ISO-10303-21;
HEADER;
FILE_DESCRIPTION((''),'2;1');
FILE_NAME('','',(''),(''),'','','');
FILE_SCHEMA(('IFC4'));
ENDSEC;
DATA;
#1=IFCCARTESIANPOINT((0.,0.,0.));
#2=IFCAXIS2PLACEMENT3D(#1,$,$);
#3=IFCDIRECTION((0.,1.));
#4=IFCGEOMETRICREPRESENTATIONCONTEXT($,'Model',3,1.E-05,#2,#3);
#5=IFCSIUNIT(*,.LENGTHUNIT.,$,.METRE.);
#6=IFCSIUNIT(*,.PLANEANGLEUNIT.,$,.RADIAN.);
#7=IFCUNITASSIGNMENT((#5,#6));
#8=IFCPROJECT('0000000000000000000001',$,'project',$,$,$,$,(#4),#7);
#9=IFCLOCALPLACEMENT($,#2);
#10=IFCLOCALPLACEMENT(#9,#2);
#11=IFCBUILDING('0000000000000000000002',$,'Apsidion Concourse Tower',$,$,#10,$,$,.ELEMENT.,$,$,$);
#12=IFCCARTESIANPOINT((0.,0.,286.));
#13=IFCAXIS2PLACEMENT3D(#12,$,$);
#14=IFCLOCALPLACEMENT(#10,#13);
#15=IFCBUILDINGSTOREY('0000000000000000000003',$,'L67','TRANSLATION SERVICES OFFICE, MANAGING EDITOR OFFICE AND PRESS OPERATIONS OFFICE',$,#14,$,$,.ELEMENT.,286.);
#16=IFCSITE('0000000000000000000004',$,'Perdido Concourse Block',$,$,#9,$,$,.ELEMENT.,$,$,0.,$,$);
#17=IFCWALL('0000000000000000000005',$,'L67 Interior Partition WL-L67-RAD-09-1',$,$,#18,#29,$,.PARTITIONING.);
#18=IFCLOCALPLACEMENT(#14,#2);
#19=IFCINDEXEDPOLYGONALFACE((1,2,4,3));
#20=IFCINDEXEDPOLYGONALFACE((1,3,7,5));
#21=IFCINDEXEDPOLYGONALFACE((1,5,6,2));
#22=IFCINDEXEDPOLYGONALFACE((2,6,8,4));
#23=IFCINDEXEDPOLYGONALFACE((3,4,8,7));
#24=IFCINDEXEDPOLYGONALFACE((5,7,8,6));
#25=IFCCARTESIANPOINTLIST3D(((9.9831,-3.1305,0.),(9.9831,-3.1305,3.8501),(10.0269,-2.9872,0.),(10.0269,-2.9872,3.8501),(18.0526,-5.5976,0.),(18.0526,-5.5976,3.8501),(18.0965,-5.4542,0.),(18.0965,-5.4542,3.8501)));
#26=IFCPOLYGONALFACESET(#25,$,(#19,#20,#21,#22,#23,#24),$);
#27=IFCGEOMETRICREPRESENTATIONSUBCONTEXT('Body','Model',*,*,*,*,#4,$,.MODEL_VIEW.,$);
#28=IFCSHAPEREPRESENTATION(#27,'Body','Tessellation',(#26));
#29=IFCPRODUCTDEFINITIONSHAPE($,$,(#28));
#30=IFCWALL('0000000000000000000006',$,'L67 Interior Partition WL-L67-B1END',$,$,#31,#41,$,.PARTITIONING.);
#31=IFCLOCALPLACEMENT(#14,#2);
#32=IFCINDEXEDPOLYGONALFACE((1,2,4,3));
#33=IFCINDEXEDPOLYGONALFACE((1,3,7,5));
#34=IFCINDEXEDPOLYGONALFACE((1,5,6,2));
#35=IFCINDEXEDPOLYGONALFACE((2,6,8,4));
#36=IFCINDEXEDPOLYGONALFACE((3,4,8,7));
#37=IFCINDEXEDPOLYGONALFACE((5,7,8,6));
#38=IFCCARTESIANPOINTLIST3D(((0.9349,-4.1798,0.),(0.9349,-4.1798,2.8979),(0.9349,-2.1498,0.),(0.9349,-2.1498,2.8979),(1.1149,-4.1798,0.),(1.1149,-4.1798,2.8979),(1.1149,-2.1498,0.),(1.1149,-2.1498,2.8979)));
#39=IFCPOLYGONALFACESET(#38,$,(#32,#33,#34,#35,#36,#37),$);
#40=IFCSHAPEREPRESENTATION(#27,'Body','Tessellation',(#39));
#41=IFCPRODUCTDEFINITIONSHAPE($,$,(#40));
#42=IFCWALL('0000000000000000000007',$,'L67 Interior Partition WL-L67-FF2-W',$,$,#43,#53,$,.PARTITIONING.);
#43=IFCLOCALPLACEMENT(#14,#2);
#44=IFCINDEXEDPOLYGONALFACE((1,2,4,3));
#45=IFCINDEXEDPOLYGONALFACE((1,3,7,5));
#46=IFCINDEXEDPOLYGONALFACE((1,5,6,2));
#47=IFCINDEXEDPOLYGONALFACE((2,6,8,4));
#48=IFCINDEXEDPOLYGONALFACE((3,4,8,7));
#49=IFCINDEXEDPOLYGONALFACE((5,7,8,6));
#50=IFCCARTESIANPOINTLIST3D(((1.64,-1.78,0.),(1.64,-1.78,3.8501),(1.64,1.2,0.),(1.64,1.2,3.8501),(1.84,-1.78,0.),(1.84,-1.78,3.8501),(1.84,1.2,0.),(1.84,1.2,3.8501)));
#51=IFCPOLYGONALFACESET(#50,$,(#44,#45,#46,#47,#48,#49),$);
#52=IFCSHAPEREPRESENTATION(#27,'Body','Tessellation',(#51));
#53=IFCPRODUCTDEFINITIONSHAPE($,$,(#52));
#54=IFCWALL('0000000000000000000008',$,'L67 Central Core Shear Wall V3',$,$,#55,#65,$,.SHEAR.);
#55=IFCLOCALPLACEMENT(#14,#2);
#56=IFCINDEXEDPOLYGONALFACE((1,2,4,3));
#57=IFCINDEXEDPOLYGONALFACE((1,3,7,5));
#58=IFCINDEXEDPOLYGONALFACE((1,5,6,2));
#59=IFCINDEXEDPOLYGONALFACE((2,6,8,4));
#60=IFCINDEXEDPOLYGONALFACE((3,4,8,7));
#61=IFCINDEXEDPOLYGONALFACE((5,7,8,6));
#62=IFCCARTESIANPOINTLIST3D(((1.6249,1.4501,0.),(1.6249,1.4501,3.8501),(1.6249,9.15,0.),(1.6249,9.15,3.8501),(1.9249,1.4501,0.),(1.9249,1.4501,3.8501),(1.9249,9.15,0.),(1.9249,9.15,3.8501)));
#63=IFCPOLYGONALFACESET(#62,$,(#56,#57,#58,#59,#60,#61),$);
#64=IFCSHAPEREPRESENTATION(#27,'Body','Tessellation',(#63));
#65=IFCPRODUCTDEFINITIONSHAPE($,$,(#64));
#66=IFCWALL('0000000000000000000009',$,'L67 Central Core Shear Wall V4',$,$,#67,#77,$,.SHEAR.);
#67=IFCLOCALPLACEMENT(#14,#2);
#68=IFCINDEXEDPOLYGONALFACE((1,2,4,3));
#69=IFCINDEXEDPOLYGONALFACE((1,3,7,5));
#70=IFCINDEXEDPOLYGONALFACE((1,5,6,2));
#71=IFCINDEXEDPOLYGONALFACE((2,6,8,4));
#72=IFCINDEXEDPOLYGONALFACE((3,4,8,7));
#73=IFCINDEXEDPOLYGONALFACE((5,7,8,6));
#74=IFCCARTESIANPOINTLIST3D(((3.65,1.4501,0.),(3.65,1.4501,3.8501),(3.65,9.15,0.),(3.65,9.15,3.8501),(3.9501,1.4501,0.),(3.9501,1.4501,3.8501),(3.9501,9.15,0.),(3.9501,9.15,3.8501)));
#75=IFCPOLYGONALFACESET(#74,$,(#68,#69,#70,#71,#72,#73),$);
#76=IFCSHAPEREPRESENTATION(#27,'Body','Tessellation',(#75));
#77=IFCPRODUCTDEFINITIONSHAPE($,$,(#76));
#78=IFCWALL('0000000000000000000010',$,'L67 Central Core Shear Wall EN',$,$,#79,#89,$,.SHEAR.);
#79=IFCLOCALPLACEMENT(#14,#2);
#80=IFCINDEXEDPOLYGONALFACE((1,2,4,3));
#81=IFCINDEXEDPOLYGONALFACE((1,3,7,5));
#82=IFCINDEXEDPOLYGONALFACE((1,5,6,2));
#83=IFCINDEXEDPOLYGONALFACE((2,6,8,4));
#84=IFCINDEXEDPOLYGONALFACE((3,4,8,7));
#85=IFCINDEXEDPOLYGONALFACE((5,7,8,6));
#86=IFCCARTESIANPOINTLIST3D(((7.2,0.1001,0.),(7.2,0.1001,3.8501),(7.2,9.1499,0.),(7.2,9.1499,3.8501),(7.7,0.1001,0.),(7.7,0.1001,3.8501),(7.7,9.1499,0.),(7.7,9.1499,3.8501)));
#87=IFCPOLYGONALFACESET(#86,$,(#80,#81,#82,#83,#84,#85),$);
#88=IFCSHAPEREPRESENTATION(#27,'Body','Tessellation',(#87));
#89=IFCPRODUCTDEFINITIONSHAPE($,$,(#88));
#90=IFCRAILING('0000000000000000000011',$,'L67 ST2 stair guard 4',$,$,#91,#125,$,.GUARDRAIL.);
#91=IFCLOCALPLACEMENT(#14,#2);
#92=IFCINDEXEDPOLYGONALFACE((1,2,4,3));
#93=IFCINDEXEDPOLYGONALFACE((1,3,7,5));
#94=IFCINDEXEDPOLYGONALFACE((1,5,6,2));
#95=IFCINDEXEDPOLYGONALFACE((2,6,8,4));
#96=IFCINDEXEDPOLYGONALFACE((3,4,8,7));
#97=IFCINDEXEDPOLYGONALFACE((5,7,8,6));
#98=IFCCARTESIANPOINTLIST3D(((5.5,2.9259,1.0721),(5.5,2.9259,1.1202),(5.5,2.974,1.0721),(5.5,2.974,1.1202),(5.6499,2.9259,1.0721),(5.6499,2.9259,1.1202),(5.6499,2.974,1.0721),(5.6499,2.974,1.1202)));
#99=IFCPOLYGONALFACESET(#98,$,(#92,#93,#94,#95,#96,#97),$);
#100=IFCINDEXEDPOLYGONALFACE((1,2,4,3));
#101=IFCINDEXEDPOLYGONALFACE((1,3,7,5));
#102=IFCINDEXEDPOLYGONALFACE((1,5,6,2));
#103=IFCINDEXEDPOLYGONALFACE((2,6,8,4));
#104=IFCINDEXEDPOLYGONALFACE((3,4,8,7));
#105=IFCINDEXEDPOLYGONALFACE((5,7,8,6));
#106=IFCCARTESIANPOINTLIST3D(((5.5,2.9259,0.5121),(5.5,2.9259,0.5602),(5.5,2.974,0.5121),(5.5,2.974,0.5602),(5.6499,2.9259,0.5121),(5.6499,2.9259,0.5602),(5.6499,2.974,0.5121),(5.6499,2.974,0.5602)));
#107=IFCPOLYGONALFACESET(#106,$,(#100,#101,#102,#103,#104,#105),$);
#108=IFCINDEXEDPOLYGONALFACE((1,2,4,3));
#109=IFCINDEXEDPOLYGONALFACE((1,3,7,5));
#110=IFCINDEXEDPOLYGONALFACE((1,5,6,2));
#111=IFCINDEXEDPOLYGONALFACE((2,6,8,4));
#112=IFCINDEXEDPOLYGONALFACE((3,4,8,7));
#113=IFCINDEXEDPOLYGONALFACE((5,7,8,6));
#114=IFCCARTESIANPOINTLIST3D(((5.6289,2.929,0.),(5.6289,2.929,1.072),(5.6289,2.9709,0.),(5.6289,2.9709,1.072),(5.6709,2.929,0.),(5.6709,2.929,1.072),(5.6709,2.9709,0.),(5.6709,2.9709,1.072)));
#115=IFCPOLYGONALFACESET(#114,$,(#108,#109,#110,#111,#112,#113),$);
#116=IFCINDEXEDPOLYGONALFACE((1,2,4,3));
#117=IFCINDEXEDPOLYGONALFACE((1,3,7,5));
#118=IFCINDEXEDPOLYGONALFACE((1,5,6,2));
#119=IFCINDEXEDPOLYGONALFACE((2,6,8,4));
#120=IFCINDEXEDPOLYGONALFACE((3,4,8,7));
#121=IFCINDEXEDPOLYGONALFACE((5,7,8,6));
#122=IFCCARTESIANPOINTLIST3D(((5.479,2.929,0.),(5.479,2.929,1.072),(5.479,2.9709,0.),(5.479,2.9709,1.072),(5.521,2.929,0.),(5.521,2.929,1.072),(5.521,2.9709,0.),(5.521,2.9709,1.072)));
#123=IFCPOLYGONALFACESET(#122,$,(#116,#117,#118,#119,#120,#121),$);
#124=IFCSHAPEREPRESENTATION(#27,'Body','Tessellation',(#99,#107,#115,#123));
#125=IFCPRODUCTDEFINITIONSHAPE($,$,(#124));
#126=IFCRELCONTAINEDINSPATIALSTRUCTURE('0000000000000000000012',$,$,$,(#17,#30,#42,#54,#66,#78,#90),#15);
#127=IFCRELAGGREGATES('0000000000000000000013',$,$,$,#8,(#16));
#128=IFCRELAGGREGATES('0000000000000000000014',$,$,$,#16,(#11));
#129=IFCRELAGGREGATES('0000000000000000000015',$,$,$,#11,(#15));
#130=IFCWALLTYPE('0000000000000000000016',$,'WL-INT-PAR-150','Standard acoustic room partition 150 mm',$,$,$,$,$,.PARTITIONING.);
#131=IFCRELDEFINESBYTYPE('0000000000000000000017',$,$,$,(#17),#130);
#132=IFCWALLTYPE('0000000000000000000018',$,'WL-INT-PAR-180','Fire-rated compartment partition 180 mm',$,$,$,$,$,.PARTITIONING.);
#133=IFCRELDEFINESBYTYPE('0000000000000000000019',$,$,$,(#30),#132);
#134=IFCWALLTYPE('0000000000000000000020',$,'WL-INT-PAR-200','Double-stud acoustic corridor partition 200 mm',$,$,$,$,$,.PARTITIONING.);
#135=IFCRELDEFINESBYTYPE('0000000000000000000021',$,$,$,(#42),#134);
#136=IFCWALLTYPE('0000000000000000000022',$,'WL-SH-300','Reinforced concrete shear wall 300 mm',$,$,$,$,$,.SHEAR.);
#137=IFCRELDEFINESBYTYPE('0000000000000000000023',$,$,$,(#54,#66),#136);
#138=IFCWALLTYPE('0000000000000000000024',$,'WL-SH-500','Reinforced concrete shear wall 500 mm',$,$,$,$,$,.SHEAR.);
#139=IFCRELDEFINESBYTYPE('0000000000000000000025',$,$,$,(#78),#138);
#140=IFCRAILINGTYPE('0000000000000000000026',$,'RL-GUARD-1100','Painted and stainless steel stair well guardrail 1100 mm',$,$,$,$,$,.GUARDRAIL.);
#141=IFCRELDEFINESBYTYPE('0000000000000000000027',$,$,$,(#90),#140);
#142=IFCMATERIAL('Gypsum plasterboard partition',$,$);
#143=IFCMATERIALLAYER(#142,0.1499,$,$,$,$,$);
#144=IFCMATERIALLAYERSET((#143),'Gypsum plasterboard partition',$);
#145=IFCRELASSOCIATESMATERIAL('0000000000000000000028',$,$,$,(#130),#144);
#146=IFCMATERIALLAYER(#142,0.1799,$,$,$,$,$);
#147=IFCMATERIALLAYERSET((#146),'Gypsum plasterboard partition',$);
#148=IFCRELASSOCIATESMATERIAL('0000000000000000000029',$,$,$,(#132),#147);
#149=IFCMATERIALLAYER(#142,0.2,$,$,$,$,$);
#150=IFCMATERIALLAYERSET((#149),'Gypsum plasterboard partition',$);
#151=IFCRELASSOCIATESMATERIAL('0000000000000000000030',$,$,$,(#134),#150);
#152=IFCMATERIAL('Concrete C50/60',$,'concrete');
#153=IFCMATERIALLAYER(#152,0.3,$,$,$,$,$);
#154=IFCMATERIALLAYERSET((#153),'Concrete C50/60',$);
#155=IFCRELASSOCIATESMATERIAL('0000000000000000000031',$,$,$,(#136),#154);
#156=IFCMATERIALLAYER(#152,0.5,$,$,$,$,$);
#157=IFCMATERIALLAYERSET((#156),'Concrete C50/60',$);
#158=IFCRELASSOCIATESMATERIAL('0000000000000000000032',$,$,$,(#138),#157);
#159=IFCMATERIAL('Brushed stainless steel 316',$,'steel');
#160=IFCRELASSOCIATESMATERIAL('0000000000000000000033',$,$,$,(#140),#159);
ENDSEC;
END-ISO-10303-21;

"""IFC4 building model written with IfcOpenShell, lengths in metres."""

from ifc_helpers import new_model, si_unit, direction, frame, frame_2d, origin, origin_2d, place, context, subcontext, project, spatial, rectangle, extrude, material, layer, layer_set, type_object, element, save


model = new_model("IFC4")

# Units and contexts
model_context = context("Model", 3, precision=1e-05, world=origin(), true_north=direction((0.0, 1.0)))
body_context = subcontext(model_context, "Body", "Model", "MODEL_VIEW")
ifc_project = project(units=[si_unit("LENGTHUNIT", "METRE"), si_unit("PLANEANGLEUNIT", "RADIAN")], contexts=[model_context])

# Site, building, storey
site_placement = place(None, origin())
site = spatial("IfcSite", under=ifc_project, at=site_placement, Name="Perdido Concourse Block", CompositionType="ELEMENT", RefElevation=0.0)
building_placement = place(site_placement, origin())
building = spatial("IfcBuilding", under=site, at=building_placement, Name="Apsidion Concourse Tower", CompositionType="ELEMENT")
storey_placement = place(building_placement, frame((0.0, 0.0, 286.0)))
storey = spatial("IfcBuildingStorey", under=building, at=storey_placement, Name="L67", Description="TRANSLATION SERVICES OFFICE, MANAGING EDITOR OFFICE AND PRESS OPERATIONS OFFICE", CompositionType="ELEMENT", Elevation=286.0)

# Shared definitions
ifc_material_1 = material(Name="Concrete C50/60", Category="concrete")

# Walls
ifc_material_2 = material(Name="Gypsum plasterboard partition")
ifc_layer_1 = layer(ifc_material_2, 0.1499)
ifc_layer_set_1 = layer_set([ifc_layer_1], Name="Gypsum plasterboard partition")
wall_type_1 = type_object("IfcWallType", Name="WL-INT-PAR-150", Description="Standard acoustic room partition 150 mm", PredefinedType="PARTITIONING", material=ifc_layer_set_1)
wall_1_placement = place(storey_placement, frame((10.0049, -3.0588, 0.0), z_axis=(0.0, 0.0, 1.0), x_axis=(0.956307, -0.292363, 0.0)))
element("IfcWall", 1, at=wall_1_placement, inside=storey, type_object=wall_type_1, Name="L67 Interior Partition WL-L67-RAD-09-1", PredefinedType="PARTITIONING", context=body_context, shape_type="SweptSolid", body=[
    extrude(rectangle(XDim=8.4382, YDim=0.1499, at=frame_2d((4.2192, 0.0))), origin(), (0.0, 0.0, 1.0), 3.8501),
])
ifc_layer_2 = layer(ifc_material_2, 0.1799)
ifc_layer_set_2 = layer_set([ifc_layer_2], Name="Gypsum plasterboard partition")
wall_type_2 = type_object("IfcWallType", Name="WL-INT-PAR-180", Description="Fire-rated compartment partition 180 mm", PredefinedType="PARTITIONING", material=ifc_layer_set_2)
wall_2_placement = place(storey_placement, frame((1.0249, -4.1799, 0.0), z_axis=(0.0, 0.0, 1.0), x_axis=(0.0, 1.0, 0.0)))
element("IfcWall", 2, at=wall_2_placement, inside=storey, type_object=wall_type_2, Name="L67 Interior Partition WL-L67-B1END", PredefinedType="PARTITIONING", context=body_context, shape_type="SweptSolid", body=[
    extrude(rectangle(XDim=2.03, YDim=0.1799, at=frame_2d((1.0151, 0.0))), origin(), (0.0, 0.0, 1.0), 2.8979),
])
ifc_layer_3 = layer(ifc_material_2, 0.2)
ifc_layer_set_3 = layer_set([ifc_layer_3], Name="Gypsum plasterboard partition")
wall_type_3 = type_object("IfcWallType", Name="WL-INT-PAR-200", Description="Double-stud acoustic corridor partition 200 mm", PredefinedType="PARTITIONING", material=ifc_layer_set_3)
wall_3_placement = place(storey_placement, frame((1.74, -1.78, 0.0), z_axis=(0.0, 0.0, 1.0), x_axis=(0.0, 1.0, 0.0)))
element("IfcWall", 3, at=wall_3_placement, inside=storey, type_object=wall_type_3, Name="L67 Interior Partition WL-L67-FF2-W", PredefinedType="PARTITIONING", context=body_context, shape_type="SweptSolid", body=[
    extrude(rectangle(XDim=2.98, YDim=0.2, at=frame_2d((1.49, 0.0))), origin(), (0.0, 0.0, 1.0), 3.8501),
])
ifc_layer_4 = layer(ifc_material_1, 0.3)
ifc_layer_set_4 = layer_set([ifc_layer_4], Name="Concrete C50/60")
wall_type_4 = type_object("IfcWallType", Name="WL-SH-300", Description="Reinforced concrete shear wall 300 mm", PredefinedType="SHEAR", material=ifc_layer_set_4)
for number, where, z_axis, x_axis, name in (
    (4, (1.7749, 1.45, 0.0), (0.0, 0.0, 1.0), (0.0, 1.0, 0.0), "L67 Central Core Shear Wall V3"),
    (5, (3.8, 1.45, 0.0), (0.0, 0.0, 1.0), (0.0, 1.0, 0.0), "L67 Central Core Shear Wall V4"),
):
    element("IfcWall", number, at=place(storey_placement, frame(where, z_axis=z_axis, x_axis=x_axis)), inside=storey, type_object=wall_type_4, Name=name, PredefinedType="SHEAR", context=body_context, shape_type="SweptSolid", body=[
        extrude(rectangle(XDim=7.7, YDim=0.3, at=frame_2d((3.8501, 0.0))), origin(), (0.0, 0.0, 1.0), 3.8501),
    ])
ifc_layer_5 = layer(ifc_material_1, 0.5)
ifc_layer_set_5 = layer_set([ifc_layer_5], Name="Concrete C50/60")
wall_type_5 = type_object("IfcWallType", Name="WL-SH-500", Description="Reinforced concrete shear wall 500 mm", PredefinedType="SHEAR", material=ifc_layer_set_5)
wall_4_placement = place(storey_placement, frame((7.45, 0.1001, 0.0), z_axis=(0.0, 0.0, 1.0), x_axis=(0.0, 1.0, 0.0)))
element("IfcWall", 6, at=wall_4_placement, inside=storey, type_object=wall_type_5, Name="L67 Central Core Shear Wall EN", PredefinedType="SHEAR", context=body_context, shape_type="SweptSolid", body=[
    extrude(rectangle(XDim=9.0498, YDim=0.5, at=frame_2d((4.5249, 0.0))), origin(), (0.0, 0.0, 1.0), 3.8501),
])

# Railing
ifc_material_3 = material(Name="Brushed stainless steel 316", Category="steel")
railing_type = type_object("IfcRailingType", Name="RL-GUARD-1100", Description="Painted and stainless steel stair well guardrail 1100 mm", PredefinedType="GUARDRAIL", material=ifc_material_3)
railing_placement = place(storey_placement, frame((5.6499, 2.95, 0.0)))
element("IfcRailing", 7, at=railing_placement, inside=storey, type_object=railing_type, Name="L67 ST2 stair guard 4", PredefinedType="GUARDRAIL", context=body_context, shape_type="SweptSolid", body=[
    extrude(rectangle(XDim=0.0481, YDim=0.0481, at=origin_2d()), frame((0.0, 0.0, 1.0962), z_axis=(-1.0, 0.0, 0.0), x_axis=(0.0, -1.0, 0.0)), (0.0, 0.0, 1.0), 0.1499),
    extrude(rectangle(XDim=0.0481, YDim=0.0481, at=origin_2d()), frame((0.0, 0.0, 0.5361), z_axis=(-1.0, 0.0, 0.0), x_axis=(0.0, -1.0, 0.0)), (0.0, 0.0, 1.0), 0.1499),
    extrude(rectangle(XDim=0.042, YDim=0.042, at=origin_2d()), origin(), (0.0, 0.0, 1.0), 1.072),
    extrude(rectangle(XDim=0.042, YDim=0.042, at=origin_2d()), frame((-0.1499, 0.0, 0.0)), (0.0, 0.0, 1.0), 1.072),
])

save(model, "model.ifc")
